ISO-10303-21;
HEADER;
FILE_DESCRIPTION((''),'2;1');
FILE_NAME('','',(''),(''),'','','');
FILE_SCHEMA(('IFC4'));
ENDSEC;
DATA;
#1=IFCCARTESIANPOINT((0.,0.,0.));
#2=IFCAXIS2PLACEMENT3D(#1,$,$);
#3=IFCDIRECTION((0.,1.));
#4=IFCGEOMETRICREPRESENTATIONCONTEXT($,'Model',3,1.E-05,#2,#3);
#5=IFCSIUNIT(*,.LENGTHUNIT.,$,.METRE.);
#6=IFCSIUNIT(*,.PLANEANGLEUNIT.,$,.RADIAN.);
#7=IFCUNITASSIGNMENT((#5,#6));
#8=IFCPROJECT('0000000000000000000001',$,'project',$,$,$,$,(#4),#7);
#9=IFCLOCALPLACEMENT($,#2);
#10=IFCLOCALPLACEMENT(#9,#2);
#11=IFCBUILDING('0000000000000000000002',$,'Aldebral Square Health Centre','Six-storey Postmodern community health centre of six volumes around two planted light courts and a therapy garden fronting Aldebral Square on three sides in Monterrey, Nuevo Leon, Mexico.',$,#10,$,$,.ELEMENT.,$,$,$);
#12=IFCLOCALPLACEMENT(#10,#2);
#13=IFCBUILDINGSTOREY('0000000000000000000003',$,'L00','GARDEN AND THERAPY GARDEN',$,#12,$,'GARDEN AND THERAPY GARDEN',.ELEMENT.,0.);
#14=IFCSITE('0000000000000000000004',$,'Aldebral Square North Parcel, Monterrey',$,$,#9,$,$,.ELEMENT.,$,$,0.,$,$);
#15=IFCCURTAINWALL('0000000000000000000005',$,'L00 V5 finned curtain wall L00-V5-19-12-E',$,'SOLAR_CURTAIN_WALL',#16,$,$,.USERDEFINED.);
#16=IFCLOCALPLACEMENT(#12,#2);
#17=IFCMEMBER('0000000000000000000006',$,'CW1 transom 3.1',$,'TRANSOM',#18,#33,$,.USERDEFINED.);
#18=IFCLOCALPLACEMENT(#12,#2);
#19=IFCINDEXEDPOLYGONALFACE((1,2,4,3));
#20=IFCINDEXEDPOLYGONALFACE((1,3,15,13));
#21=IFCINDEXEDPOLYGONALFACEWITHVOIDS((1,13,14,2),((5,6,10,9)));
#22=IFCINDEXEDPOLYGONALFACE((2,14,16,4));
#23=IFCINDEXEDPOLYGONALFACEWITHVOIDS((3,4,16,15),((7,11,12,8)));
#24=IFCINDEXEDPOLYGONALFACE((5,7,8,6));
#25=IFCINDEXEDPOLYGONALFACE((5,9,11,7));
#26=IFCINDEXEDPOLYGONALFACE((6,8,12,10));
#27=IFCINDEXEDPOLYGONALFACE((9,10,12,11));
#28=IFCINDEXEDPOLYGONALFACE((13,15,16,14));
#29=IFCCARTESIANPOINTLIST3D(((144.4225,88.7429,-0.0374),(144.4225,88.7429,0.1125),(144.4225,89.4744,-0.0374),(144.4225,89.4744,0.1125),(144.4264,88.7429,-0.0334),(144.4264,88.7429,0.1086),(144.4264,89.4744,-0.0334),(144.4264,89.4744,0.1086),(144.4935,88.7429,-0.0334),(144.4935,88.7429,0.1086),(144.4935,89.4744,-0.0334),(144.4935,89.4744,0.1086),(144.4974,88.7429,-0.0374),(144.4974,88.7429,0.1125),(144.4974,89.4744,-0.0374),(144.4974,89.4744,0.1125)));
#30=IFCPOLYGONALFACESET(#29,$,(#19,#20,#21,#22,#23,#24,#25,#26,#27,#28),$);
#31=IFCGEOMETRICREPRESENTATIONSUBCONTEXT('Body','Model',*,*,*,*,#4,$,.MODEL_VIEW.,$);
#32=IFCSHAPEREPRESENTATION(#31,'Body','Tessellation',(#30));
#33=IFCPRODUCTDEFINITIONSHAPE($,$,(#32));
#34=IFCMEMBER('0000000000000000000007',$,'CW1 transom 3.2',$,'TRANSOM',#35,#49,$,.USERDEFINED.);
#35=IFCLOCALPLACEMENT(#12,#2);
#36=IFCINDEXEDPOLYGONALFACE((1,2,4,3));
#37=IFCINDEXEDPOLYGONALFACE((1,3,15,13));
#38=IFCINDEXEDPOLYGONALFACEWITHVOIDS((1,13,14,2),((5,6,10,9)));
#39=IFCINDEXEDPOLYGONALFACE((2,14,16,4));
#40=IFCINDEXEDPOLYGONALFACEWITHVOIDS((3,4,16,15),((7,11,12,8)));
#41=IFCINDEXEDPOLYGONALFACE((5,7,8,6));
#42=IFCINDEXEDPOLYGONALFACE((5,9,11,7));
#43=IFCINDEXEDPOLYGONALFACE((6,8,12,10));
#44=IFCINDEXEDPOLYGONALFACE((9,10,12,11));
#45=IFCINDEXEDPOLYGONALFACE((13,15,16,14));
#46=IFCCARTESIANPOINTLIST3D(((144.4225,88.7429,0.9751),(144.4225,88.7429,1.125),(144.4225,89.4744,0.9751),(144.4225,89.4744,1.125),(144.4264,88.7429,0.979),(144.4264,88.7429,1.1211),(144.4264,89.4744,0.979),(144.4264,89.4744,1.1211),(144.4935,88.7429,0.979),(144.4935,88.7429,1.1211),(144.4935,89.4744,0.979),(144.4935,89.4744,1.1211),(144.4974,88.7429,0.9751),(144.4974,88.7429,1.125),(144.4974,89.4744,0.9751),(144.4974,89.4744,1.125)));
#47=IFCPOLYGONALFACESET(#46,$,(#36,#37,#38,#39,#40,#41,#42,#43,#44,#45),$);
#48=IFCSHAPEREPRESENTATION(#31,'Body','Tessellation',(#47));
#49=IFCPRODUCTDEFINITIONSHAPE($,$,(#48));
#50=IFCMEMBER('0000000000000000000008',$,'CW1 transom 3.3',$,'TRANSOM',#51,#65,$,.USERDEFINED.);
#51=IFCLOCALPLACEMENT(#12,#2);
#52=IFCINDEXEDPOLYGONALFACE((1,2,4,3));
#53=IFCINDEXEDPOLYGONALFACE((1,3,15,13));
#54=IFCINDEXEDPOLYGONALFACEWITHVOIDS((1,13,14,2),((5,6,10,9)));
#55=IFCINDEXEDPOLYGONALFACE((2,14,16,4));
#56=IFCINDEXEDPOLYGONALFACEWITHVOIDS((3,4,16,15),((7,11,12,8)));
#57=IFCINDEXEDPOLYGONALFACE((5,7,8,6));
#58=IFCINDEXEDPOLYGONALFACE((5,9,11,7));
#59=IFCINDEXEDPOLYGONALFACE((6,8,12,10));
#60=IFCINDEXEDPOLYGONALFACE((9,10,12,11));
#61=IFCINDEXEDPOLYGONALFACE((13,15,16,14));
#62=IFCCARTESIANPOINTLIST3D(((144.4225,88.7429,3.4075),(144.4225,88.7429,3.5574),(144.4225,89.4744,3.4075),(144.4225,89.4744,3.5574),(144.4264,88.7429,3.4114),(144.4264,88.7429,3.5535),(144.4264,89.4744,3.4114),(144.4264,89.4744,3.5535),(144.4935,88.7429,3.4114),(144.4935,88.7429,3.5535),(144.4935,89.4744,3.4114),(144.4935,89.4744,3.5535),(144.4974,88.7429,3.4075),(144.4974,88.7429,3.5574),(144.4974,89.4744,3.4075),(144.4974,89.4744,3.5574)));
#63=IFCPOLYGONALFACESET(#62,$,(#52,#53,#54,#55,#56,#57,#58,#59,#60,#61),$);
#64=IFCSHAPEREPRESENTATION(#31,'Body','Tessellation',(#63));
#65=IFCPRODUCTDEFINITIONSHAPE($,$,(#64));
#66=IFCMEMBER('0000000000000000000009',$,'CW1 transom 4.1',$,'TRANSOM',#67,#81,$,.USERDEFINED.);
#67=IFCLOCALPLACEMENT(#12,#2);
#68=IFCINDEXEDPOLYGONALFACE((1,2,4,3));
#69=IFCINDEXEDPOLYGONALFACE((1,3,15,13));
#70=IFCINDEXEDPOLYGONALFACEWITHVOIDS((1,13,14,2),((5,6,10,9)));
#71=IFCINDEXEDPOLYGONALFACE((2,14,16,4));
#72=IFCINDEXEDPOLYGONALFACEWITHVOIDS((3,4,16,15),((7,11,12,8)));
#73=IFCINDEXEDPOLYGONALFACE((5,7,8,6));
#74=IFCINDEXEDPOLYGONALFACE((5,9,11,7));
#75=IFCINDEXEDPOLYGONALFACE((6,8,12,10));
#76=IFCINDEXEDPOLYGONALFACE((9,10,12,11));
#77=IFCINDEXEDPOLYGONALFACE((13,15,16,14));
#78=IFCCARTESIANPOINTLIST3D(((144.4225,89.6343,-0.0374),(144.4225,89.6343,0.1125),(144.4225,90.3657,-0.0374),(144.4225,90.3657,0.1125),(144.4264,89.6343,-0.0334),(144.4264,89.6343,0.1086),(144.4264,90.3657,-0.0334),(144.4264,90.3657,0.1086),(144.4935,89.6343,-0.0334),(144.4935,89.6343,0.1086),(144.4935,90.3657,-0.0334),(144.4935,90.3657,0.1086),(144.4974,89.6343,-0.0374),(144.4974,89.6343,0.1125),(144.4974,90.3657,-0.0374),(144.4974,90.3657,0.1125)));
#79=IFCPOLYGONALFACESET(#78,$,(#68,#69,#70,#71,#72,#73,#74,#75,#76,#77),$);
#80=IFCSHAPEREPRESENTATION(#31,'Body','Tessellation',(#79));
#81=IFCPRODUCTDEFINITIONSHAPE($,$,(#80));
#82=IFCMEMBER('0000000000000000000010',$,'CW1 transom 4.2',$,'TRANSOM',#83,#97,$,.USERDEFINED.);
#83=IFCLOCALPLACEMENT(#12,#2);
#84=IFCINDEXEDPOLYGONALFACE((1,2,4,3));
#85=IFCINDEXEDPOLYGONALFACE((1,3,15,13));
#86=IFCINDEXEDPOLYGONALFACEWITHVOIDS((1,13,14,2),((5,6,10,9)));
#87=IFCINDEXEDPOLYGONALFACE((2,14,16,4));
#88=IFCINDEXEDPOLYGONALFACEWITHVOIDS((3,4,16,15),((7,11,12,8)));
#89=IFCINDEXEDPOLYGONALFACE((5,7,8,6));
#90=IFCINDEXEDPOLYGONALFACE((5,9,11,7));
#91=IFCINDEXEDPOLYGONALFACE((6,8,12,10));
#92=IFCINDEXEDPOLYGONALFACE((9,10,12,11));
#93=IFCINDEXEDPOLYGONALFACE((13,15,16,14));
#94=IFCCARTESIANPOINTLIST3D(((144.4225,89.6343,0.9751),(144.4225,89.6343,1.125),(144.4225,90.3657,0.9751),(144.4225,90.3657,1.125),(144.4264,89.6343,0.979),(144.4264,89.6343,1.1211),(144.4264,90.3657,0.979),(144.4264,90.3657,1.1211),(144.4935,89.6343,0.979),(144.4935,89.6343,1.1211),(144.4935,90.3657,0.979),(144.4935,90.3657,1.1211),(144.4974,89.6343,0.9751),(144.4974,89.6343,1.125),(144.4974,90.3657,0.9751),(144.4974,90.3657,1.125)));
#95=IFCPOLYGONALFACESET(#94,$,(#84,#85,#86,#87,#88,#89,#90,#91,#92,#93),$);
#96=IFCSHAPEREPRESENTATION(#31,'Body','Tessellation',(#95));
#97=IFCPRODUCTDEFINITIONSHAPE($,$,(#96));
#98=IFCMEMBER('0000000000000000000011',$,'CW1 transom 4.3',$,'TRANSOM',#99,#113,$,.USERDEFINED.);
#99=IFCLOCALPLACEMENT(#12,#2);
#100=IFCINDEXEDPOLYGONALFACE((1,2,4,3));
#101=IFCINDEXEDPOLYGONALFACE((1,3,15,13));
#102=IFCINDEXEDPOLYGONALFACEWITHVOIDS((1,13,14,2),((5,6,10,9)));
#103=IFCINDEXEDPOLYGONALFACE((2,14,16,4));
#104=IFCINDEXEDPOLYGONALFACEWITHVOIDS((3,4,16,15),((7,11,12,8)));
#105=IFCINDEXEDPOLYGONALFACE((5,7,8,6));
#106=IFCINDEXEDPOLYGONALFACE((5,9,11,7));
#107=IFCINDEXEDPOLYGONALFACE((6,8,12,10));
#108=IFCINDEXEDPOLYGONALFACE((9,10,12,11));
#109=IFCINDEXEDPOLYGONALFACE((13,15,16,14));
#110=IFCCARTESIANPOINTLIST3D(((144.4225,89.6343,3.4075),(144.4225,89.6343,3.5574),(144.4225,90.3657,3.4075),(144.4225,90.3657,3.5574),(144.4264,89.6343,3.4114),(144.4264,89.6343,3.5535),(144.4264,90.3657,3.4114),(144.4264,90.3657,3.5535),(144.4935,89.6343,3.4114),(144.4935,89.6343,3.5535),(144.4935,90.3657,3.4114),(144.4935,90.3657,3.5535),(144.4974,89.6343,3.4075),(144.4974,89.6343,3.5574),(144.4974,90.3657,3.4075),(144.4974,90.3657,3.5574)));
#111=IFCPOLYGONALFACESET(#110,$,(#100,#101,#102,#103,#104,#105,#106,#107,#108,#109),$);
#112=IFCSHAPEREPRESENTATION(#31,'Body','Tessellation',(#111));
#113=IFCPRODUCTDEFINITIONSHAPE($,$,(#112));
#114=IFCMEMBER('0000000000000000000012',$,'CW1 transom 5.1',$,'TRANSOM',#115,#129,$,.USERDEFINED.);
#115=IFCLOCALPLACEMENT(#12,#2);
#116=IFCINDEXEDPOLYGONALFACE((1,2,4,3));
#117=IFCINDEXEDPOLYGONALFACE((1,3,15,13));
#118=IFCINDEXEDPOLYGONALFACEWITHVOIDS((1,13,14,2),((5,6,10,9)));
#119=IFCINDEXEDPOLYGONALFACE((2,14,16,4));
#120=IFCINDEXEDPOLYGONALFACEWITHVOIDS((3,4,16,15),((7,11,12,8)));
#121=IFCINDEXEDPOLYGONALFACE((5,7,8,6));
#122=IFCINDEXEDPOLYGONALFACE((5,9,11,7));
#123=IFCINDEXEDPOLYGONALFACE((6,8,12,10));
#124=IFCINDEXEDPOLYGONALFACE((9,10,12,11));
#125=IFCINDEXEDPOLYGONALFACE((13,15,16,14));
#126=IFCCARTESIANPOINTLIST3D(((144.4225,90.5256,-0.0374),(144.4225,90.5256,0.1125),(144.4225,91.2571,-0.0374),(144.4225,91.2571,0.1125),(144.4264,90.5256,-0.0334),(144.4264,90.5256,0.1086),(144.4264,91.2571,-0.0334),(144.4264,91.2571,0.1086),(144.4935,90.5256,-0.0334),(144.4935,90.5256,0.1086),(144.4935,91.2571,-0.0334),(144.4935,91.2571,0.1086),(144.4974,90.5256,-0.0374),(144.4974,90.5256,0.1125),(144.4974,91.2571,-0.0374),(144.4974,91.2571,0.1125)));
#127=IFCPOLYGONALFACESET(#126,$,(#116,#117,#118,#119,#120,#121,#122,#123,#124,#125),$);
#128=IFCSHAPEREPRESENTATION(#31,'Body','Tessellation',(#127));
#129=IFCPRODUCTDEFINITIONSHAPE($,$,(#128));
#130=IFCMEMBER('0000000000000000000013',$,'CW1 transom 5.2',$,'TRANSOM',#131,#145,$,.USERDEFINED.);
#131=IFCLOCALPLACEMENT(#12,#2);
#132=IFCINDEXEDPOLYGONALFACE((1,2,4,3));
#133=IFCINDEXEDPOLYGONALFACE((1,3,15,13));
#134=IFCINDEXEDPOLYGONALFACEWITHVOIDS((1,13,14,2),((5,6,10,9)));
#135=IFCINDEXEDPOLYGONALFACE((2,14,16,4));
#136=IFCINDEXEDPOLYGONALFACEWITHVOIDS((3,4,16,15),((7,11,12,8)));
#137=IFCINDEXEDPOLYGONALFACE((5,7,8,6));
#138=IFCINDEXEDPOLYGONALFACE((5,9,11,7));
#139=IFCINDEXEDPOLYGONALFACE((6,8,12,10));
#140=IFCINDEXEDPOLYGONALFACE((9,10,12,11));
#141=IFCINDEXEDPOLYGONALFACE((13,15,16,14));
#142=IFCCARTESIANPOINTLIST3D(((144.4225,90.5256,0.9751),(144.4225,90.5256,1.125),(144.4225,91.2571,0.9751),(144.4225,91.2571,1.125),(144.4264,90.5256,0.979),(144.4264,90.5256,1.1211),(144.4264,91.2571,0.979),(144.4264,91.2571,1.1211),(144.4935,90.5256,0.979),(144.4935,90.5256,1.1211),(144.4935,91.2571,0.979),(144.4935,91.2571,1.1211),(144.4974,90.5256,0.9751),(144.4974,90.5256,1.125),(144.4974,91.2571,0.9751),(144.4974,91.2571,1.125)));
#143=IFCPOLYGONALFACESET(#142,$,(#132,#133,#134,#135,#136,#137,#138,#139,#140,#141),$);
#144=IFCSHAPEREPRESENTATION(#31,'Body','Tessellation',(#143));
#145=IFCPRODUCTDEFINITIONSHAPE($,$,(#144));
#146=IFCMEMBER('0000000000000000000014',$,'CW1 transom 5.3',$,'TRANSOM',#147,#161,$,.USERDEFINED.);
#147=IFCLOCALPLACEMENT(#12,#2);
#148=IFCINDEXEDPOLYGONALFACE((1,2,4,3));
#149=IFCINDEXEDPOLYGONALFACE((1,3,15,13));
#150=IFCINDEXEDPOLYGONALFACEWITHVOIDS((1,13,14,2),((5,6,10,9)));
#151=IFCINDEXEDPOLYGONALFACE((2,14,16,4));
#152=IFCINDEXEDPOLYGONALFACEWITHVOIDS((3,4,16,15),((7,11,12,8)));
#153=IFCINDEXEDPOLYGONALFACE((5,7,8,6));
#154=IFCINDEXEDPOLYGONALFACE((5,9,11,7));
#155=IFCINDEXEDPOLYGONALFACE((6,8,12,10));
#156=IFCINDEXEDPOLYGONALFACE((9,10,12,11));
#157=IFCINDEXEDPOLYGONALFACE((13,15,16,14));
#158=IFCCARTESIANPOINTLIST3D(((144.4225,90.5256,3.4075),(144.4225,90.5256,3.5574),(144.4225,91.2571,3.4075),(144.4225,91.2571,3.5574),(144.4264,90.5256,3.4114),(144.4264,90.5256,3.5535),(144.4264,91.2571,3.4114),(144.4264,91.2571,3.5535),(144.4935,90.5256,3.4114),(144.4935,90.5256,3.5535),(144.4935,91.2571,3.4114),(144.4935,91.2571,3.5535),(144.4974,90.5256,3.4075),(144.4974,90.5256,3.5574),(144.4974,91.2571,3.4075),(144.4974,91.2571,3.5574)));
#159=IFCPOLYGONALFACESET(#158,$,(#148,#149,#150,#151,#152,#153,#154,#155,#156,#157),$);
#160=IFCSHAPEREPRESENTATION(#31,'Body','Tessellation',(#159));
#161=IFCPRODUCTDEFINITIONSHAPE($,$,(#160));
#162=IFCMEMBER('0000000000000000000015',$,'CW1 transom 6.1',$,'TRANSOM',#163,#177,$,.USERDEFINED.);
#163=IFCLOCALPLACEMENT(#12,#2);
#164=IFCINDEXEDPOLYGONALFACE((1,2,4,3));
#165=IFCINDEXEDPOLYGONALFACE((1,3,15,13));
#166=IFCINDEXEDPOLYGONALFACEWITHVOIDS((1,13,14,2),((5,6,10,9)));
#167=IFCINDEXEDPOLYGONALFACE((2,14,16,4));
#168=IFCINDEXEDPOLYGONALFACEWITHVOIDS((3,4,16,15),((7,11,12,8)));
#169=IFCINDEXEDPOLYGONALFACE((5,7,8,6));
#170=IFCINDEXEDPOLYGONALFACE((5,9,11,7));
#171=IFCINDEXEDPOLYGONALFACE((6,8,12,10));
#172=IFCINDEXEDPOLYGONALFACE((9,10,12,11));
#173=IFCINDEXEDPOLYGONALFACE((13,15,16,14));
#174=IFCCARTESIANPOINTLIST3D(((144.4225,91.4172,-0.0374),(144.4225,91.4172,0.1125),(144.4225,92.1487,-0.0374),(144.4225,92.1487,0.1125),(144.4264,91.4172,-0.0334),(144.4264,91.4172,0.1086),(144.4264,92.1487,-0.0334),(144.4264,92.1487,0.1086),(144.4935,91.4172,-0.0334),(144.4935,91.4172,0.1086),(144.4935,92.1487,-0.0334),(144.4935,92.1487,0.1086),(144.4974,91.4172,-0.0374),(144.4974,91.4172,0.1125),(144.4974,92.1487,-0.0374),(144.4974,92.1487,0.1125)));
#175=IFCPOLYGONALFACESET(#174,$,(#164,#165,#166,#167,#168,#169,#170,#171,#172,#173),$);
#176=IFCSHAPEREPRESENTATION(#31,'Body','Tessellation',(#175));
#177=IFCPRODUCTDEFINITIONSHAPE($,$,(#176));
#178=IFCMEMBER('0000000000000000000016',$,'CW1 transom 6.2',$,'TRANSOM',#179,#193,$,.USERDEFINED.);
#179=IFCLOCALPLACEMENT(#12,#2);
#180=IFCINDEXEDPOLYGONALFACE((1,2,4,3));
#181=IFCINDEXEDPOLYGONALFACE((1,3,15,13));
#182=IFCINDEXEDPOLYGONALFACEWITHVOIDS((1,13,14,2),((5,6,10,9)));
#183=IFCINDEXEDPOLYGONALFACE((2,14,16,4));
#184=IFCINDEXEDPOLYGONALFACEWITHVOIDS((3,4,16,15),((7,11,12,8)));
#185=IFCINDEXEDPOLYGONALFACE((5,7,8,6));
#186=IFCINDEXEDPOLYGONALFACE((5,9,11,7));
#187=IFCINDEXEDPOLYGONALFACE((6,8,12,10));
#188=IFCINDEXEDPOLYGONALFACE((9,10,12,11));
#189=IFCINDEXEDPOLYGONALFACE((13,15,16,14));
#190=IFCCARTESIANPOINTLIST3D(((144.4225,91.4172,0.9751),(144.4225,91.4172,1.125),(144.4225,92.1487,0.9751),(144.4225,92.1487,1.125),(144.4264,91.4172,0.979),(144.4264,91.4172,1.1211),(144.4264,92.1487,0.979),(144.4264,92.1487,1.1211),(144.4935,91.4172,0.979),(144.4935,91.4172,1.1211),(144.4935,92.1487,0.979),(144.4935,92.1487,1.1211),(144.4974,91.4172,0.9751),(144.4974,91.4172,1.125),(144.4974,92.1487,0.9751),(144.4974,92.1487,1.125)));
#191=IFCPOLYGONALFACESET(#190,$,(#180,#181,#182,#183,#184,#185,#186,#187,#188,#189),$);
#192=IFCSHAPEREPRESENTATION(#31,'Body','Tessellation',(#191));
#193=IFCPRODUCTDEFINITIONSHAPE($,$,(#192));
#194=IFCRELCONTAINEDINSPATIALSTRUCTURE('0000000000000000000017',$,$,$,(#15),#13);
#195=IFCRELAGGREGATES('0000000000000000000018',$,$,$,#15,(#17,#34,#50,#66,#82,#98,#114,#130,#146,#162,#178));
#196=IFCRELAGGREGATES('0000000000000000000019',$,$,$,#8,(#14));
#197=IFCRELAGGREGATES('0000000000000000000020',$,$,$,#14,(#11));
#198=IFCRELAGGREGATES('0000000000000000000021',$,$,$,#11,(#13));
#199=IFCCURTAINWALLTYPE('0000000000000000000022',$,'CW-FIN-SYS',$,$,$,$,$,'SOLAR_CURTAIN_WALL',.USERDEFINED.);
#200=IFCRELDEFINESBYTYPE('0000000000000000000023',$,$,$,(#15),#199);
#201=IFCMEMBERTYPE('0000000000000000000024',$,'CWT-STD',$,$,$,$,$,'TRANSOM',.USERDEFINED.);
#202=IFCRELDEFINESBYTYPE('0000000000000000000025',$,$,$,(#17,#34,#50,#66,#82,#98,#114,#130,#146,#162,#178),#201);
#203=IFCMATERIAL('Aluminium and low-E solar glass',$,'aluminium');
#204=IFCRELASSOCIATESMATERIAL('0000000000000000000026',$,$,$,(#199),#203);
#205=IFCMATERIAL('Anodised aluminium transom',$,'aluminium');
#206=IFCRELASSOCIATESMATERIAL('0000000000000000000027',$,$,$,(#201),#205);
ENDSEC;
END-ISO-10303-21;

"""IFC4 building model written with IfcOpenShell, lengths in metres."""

from ifc_helpers import new_model, si_unit, direction, frame, origin, origin_2d, place, context, subcontext, project, spatial, hollow_rectangle, extrude, material, material_profile, profile_set, type_object, element, aggregate, save


model = new_model("IFC4")

# Units and contexts
model_context = context("Model", 3, precision=1e-05, world=origin(), true_north=direction((0.0, 1.0)))
body_context = subcontext(model_context, "Body", "Model", "MODEL_VIEW")
ifc_project = project(units=[si_unit("LENGTHUNIT", "METRE"), si_unit("PLANEANGLEUNIT", "RADIAN")], contexts=[model_context])

# Site, building, storey
site_placement = place(None, origin())
site = spatial("IfcSite", under=ifc_project, at=site_placement, Name="Aldebral Square North Parcel, Monterrey", CompositionType="ELEMENT", RefElevation=0.0)
building_placement = place(site_placement, origin())
building = spatial("IfcBuilding", under=site, at=building_placement, Name="Aldebral Square Health Centre", Description="Six-storey Postmodern community health centre of six volumes around two planted light courts and a therapy garden fronting Aldebral Square on three sides in Monterrey, Nuevo Leon, Mexico.", CompositionType="ELEMENT")
storey_placement = place(building_placement, origin())
storey = spatial("IfcBuildingStorey", under=building, at=storey_placement, Name="L00", Description="GARDEN AND THERAPY GARDEN", LongName="GARDEN AND THERAPY GARDEN", CompositionType="ELEMENT", Elevation=0.0)

# Curtain wall, members
ifc_material_1 = material(Name="Aluminium and low-E solar glass", Category="aluminium")
curtain_wall_type = type_object("IfcCurtainWallType", Name="CW-FIN-SYS", ElementType="SOLAR_CURTAIN_WALL", PredefinedType="USERDEFINED", material=ifc_material_1)
curtain_wall_placement = place(storey_placement, origin())
curtain_wall = element("IfcCurtainWall", 1, at=curtain_wall_placement, inside=storey, type_object=curtain_wall_type, Name="L00 V5 finned curtain wall L00-V5-19-12-E", ObjectType="SOLAR_CURTAIN_WALL", PredefinedType="USERDEFINED")
ifc_material_2 = material(Name="Anodised aluminium transom", Category="aluminium")
ifc_material_profile_1 = material_profile(ifc_material_2, hollow_rectangle(XDim=0.075, YDim=0.1499, WallThickness=0.0039, at=origin_2d()), Name="CWT 75x150x4")
ifc_profile_set_1 = profile_set([ifc_material_profile_1], Name="Anodised aluminium transom")
member_type_1 = type_object("IfcMemberType", Name="CWT-STD", ElementType="TRANSOM", PredefinedType="USERDEFINED", material=ifc_profile_set_1)
member_1_placement = place(storey_placement, frame((144.46, 88.7429, 0.0376), z_axis=(0.0, 1.0, 0.0), x_axis=(-1.0, 0.0, 0.0)))
member_1 = element("IfcMember", 2, at=member_1_placement, type_object=member_type_1, Name="CW1 transom 3.1", ObjectType="TRANSOM", PredefinedType="USERDEFINED", context=body_context, shape_type="SweptSolid", body=[
    extrude(hollow_rectangle(XDim=0.075, YDim=0.1499, WallThickness=0.0039, at=origin_2d()), origin(), (0.0, 0.0, 1.0), 0.7314),
])
member_2_placement = place(storey_placement, frame((144.46, 88.7429, 1.05), z_axis=(0.0, 1.0, 0.0), x_axis=(-1.0, 0.0, 0.0)))
member_2 = element("IfcMember", 3, at=member_2_placement, type_object=member_type_1, Name="CW1 transom 3.2", ObjectType="TRANSOM", PredefinedType="USERDEFINED", context=body_context, shape_type="SweptSolid", body=[
    extrude(hollow_rectangle(XDim=0.075, YDim=0.1499, WallThickness=0.0039, at=origin_2d()), origin(), (0.0, 0.0, 1.0), 0.7314),
])
member_3_placement = place(storey_placement, frame((144.46, 88.7429, 3.4824), z_axis=(0.0, 1.0, 0.0), x_axis=(-1.0, 0.0, 0.0)))
member_3 = element("IfcMember", 4, at=member_3_placement, type_object=member_type_1, Name="CW1 transom 3.3", ObjectType="TRANSOM", PredefinedType="USERDEFINED", context=body_context, shape_type="SweptSolid", body=[
    extrude(hollow_rectangle(XDim=0.075, YDim=0.1499, WallThickness=0.0039, at=origin_2d()), origin(), (0.0, 0.0, 1.0), 0.7314),
])
member_4_placement = place(storey_placement, frame((144.46, 89.6343, 0.0376), z_axis=(0.0, 1.0, 0.0), x_axis=(-1.0, 0.0, 0.0)))
member_4 = element("IfcMember", 5, at=member_4_placement, type_object=member_type_1, Name="CW1 transom 4.1", ObjectType="TRANSOM", PredefinedType="USERDEFINED", context=body_context, shape_type="SweptSolid", body=[
    extrude(hollow_rectangle(XDim=0.075, YDim=0.1499, WallThickness=0.0039, at=origin_2d()), origin(), (0.0, 0.0, 1.0), 0.7314),
])
member_5_placement = place(storey_placement, frame((144.46, 89.6343, 1.05), z_axis=(0.0, 1.0, 0.0), x_axis=(-1.0, 0.0, 0.0)))
member_5 = element("IfcMember", 6, at=member_5_placement, type_object=member_type_1, Name="CW1 transom 4.2", ObjectType="TRANSOM", PredefinedType="USERDEFINED", context=body_context, shape_type="SweptSolid", body=[
    extrude(hollow_rectangle(XDim=0.075, YDim=0.1499, WallThickness=0.0039, at=origin_2d()), origin(), (0.0, 0.0, 1.0), 0.7314),
])
member_6_placement = place(storey_placement, frame((144.46, 89.6343, 3.4824), z_axis=(0.0, 1.0, 0.0), x_axis=(-1.0, 0.0, 0.0)))
member_6 = element("IfcMember", 7, at=member_6_placement, type_object=member_type_1, Name="CW1 transom 4.3", ObjectType="TRANSOM", PredefinedType="USERDEFINED", context=body_context, shape_type="SweptSolid", body=[
    extrude(hollow_rectangle(XDim=0.075, YDim=0.1499, WallThickness=0.0039, at=origin_2d()), origin(), (0.0, 0.0, 1.0), 0.7314),
])
member_7_placement = place(storey_placement, frame((144.46, 90.5256, 0.0376), z_axis=(0.0, 1.0, 0.0), x_axis=(-1.0, 0.0, 0.0)))
member_7 = element("IfcMember", 8, at=member_7_placement, type_object=member_type_1, Name="CW1 transom 5.1", ObjectType="TRANSOM", PredefinedType="USERDEFINED", context=body_context, shape_type="SweptSolid", body=[
    extrude(hollow_rectangle(XDim=0.075, YDim=0.1499, WallThickness=0.0039, at=origin_2d()), origin(), (0.0, 0.0, 1.0), 0.7314),
])
member_8_placement = place(storey_placement, frame((144.46, 90.5256, 1.05), z_axis=(0.0, 1.0, 0.0), x_axis=(-1.0, 0.0, 0.0)))
member_8 = element("IfcMember", 9, at=member_8_placement, type_object=member_type_1, Name="CW1 transom 5.2", ObjectType="TRANSOM", PredefinedType="USERDEFINED", context=body_context, shape_type="SweptSolid", body=[
    extrude(hollow_rectangle(XDim=0.075, YDim=0.1499, WallThickness=0.0039, at=origin_2d()), origin(), (0.0, 0.0, 1.0), 0.7314),
])
member_9_placement = place(storey_placement, frame((144.46, 90.5256, 3.4824), z_axis=(0.0, 1.0, 0.0), x_axis=(-1.0, 0.0, 0.0)))
member_9 = element("IfcMember", 10, at=member_9_placement, type_object=member_type_1, Name="CW1 transom 5.3", ObjectType="TRANSOM", PredefinedType="USERDEFINED", context=body_context, shape_type="SweptSolid", body=[
    extrude(hollow_rectangle(XDim=0.075, YDim=0.1499, WallThickness=0.0039, at=origin_2d()), origin(), (0.0, 0.0, 1.0), 0.7314),
])
member_10_placement = place(storey_placement, frame((144.46, 91.4172, 0.0376), z_axis=(0.0, 1.0, 0.0), x_axis=(-1.0, 0.0, 0.0)))
member_10 = element("IfcMember", 11, at=member_10_placement, type_object=member_type_1, Name="CW1 transom 6.1", ObjectType="TRANSOM", PredefinedType="USERDEFINED", context=body_context, shape_type="SweptSolid", body=[
    extrude(hollow_rectangle(XDim=0.075, YDim=0.1499, WallThickness=0.0039, at=origin_2d()), origin(), (0.0, 0.0, 1.0), 0.7314),
])
member_11_placement = place(storey_placement, frame((144.46, 91.4172, 1.05), z_axis=(0.0, 1.0, 0.0), x_axis=(-1.0, 0.0, 0.0)))
member_11 = element("IfcMember", 12, at=member_11_placement, type_object=member_type_1, Name="CW1 transom 6.2", ObjectType="TRANSOM", PredefinedType="USERDEFINED", context=body_context, shape_type="SweptSolid", body=[
    extrude(hollow_rectangle(XDim=0.075, YDim=0.1499, WallThickness=0.0039, at=origin_2d()), origin(), (0.0, 0.0, 1.0), 0.7314),
])
aggregate(curtain_wall, [member_1, member_2, member_3, member_4, member_5, member_6, member_7, member_8, member_9, member_10, member_11])

save(model, "model.ifc")
